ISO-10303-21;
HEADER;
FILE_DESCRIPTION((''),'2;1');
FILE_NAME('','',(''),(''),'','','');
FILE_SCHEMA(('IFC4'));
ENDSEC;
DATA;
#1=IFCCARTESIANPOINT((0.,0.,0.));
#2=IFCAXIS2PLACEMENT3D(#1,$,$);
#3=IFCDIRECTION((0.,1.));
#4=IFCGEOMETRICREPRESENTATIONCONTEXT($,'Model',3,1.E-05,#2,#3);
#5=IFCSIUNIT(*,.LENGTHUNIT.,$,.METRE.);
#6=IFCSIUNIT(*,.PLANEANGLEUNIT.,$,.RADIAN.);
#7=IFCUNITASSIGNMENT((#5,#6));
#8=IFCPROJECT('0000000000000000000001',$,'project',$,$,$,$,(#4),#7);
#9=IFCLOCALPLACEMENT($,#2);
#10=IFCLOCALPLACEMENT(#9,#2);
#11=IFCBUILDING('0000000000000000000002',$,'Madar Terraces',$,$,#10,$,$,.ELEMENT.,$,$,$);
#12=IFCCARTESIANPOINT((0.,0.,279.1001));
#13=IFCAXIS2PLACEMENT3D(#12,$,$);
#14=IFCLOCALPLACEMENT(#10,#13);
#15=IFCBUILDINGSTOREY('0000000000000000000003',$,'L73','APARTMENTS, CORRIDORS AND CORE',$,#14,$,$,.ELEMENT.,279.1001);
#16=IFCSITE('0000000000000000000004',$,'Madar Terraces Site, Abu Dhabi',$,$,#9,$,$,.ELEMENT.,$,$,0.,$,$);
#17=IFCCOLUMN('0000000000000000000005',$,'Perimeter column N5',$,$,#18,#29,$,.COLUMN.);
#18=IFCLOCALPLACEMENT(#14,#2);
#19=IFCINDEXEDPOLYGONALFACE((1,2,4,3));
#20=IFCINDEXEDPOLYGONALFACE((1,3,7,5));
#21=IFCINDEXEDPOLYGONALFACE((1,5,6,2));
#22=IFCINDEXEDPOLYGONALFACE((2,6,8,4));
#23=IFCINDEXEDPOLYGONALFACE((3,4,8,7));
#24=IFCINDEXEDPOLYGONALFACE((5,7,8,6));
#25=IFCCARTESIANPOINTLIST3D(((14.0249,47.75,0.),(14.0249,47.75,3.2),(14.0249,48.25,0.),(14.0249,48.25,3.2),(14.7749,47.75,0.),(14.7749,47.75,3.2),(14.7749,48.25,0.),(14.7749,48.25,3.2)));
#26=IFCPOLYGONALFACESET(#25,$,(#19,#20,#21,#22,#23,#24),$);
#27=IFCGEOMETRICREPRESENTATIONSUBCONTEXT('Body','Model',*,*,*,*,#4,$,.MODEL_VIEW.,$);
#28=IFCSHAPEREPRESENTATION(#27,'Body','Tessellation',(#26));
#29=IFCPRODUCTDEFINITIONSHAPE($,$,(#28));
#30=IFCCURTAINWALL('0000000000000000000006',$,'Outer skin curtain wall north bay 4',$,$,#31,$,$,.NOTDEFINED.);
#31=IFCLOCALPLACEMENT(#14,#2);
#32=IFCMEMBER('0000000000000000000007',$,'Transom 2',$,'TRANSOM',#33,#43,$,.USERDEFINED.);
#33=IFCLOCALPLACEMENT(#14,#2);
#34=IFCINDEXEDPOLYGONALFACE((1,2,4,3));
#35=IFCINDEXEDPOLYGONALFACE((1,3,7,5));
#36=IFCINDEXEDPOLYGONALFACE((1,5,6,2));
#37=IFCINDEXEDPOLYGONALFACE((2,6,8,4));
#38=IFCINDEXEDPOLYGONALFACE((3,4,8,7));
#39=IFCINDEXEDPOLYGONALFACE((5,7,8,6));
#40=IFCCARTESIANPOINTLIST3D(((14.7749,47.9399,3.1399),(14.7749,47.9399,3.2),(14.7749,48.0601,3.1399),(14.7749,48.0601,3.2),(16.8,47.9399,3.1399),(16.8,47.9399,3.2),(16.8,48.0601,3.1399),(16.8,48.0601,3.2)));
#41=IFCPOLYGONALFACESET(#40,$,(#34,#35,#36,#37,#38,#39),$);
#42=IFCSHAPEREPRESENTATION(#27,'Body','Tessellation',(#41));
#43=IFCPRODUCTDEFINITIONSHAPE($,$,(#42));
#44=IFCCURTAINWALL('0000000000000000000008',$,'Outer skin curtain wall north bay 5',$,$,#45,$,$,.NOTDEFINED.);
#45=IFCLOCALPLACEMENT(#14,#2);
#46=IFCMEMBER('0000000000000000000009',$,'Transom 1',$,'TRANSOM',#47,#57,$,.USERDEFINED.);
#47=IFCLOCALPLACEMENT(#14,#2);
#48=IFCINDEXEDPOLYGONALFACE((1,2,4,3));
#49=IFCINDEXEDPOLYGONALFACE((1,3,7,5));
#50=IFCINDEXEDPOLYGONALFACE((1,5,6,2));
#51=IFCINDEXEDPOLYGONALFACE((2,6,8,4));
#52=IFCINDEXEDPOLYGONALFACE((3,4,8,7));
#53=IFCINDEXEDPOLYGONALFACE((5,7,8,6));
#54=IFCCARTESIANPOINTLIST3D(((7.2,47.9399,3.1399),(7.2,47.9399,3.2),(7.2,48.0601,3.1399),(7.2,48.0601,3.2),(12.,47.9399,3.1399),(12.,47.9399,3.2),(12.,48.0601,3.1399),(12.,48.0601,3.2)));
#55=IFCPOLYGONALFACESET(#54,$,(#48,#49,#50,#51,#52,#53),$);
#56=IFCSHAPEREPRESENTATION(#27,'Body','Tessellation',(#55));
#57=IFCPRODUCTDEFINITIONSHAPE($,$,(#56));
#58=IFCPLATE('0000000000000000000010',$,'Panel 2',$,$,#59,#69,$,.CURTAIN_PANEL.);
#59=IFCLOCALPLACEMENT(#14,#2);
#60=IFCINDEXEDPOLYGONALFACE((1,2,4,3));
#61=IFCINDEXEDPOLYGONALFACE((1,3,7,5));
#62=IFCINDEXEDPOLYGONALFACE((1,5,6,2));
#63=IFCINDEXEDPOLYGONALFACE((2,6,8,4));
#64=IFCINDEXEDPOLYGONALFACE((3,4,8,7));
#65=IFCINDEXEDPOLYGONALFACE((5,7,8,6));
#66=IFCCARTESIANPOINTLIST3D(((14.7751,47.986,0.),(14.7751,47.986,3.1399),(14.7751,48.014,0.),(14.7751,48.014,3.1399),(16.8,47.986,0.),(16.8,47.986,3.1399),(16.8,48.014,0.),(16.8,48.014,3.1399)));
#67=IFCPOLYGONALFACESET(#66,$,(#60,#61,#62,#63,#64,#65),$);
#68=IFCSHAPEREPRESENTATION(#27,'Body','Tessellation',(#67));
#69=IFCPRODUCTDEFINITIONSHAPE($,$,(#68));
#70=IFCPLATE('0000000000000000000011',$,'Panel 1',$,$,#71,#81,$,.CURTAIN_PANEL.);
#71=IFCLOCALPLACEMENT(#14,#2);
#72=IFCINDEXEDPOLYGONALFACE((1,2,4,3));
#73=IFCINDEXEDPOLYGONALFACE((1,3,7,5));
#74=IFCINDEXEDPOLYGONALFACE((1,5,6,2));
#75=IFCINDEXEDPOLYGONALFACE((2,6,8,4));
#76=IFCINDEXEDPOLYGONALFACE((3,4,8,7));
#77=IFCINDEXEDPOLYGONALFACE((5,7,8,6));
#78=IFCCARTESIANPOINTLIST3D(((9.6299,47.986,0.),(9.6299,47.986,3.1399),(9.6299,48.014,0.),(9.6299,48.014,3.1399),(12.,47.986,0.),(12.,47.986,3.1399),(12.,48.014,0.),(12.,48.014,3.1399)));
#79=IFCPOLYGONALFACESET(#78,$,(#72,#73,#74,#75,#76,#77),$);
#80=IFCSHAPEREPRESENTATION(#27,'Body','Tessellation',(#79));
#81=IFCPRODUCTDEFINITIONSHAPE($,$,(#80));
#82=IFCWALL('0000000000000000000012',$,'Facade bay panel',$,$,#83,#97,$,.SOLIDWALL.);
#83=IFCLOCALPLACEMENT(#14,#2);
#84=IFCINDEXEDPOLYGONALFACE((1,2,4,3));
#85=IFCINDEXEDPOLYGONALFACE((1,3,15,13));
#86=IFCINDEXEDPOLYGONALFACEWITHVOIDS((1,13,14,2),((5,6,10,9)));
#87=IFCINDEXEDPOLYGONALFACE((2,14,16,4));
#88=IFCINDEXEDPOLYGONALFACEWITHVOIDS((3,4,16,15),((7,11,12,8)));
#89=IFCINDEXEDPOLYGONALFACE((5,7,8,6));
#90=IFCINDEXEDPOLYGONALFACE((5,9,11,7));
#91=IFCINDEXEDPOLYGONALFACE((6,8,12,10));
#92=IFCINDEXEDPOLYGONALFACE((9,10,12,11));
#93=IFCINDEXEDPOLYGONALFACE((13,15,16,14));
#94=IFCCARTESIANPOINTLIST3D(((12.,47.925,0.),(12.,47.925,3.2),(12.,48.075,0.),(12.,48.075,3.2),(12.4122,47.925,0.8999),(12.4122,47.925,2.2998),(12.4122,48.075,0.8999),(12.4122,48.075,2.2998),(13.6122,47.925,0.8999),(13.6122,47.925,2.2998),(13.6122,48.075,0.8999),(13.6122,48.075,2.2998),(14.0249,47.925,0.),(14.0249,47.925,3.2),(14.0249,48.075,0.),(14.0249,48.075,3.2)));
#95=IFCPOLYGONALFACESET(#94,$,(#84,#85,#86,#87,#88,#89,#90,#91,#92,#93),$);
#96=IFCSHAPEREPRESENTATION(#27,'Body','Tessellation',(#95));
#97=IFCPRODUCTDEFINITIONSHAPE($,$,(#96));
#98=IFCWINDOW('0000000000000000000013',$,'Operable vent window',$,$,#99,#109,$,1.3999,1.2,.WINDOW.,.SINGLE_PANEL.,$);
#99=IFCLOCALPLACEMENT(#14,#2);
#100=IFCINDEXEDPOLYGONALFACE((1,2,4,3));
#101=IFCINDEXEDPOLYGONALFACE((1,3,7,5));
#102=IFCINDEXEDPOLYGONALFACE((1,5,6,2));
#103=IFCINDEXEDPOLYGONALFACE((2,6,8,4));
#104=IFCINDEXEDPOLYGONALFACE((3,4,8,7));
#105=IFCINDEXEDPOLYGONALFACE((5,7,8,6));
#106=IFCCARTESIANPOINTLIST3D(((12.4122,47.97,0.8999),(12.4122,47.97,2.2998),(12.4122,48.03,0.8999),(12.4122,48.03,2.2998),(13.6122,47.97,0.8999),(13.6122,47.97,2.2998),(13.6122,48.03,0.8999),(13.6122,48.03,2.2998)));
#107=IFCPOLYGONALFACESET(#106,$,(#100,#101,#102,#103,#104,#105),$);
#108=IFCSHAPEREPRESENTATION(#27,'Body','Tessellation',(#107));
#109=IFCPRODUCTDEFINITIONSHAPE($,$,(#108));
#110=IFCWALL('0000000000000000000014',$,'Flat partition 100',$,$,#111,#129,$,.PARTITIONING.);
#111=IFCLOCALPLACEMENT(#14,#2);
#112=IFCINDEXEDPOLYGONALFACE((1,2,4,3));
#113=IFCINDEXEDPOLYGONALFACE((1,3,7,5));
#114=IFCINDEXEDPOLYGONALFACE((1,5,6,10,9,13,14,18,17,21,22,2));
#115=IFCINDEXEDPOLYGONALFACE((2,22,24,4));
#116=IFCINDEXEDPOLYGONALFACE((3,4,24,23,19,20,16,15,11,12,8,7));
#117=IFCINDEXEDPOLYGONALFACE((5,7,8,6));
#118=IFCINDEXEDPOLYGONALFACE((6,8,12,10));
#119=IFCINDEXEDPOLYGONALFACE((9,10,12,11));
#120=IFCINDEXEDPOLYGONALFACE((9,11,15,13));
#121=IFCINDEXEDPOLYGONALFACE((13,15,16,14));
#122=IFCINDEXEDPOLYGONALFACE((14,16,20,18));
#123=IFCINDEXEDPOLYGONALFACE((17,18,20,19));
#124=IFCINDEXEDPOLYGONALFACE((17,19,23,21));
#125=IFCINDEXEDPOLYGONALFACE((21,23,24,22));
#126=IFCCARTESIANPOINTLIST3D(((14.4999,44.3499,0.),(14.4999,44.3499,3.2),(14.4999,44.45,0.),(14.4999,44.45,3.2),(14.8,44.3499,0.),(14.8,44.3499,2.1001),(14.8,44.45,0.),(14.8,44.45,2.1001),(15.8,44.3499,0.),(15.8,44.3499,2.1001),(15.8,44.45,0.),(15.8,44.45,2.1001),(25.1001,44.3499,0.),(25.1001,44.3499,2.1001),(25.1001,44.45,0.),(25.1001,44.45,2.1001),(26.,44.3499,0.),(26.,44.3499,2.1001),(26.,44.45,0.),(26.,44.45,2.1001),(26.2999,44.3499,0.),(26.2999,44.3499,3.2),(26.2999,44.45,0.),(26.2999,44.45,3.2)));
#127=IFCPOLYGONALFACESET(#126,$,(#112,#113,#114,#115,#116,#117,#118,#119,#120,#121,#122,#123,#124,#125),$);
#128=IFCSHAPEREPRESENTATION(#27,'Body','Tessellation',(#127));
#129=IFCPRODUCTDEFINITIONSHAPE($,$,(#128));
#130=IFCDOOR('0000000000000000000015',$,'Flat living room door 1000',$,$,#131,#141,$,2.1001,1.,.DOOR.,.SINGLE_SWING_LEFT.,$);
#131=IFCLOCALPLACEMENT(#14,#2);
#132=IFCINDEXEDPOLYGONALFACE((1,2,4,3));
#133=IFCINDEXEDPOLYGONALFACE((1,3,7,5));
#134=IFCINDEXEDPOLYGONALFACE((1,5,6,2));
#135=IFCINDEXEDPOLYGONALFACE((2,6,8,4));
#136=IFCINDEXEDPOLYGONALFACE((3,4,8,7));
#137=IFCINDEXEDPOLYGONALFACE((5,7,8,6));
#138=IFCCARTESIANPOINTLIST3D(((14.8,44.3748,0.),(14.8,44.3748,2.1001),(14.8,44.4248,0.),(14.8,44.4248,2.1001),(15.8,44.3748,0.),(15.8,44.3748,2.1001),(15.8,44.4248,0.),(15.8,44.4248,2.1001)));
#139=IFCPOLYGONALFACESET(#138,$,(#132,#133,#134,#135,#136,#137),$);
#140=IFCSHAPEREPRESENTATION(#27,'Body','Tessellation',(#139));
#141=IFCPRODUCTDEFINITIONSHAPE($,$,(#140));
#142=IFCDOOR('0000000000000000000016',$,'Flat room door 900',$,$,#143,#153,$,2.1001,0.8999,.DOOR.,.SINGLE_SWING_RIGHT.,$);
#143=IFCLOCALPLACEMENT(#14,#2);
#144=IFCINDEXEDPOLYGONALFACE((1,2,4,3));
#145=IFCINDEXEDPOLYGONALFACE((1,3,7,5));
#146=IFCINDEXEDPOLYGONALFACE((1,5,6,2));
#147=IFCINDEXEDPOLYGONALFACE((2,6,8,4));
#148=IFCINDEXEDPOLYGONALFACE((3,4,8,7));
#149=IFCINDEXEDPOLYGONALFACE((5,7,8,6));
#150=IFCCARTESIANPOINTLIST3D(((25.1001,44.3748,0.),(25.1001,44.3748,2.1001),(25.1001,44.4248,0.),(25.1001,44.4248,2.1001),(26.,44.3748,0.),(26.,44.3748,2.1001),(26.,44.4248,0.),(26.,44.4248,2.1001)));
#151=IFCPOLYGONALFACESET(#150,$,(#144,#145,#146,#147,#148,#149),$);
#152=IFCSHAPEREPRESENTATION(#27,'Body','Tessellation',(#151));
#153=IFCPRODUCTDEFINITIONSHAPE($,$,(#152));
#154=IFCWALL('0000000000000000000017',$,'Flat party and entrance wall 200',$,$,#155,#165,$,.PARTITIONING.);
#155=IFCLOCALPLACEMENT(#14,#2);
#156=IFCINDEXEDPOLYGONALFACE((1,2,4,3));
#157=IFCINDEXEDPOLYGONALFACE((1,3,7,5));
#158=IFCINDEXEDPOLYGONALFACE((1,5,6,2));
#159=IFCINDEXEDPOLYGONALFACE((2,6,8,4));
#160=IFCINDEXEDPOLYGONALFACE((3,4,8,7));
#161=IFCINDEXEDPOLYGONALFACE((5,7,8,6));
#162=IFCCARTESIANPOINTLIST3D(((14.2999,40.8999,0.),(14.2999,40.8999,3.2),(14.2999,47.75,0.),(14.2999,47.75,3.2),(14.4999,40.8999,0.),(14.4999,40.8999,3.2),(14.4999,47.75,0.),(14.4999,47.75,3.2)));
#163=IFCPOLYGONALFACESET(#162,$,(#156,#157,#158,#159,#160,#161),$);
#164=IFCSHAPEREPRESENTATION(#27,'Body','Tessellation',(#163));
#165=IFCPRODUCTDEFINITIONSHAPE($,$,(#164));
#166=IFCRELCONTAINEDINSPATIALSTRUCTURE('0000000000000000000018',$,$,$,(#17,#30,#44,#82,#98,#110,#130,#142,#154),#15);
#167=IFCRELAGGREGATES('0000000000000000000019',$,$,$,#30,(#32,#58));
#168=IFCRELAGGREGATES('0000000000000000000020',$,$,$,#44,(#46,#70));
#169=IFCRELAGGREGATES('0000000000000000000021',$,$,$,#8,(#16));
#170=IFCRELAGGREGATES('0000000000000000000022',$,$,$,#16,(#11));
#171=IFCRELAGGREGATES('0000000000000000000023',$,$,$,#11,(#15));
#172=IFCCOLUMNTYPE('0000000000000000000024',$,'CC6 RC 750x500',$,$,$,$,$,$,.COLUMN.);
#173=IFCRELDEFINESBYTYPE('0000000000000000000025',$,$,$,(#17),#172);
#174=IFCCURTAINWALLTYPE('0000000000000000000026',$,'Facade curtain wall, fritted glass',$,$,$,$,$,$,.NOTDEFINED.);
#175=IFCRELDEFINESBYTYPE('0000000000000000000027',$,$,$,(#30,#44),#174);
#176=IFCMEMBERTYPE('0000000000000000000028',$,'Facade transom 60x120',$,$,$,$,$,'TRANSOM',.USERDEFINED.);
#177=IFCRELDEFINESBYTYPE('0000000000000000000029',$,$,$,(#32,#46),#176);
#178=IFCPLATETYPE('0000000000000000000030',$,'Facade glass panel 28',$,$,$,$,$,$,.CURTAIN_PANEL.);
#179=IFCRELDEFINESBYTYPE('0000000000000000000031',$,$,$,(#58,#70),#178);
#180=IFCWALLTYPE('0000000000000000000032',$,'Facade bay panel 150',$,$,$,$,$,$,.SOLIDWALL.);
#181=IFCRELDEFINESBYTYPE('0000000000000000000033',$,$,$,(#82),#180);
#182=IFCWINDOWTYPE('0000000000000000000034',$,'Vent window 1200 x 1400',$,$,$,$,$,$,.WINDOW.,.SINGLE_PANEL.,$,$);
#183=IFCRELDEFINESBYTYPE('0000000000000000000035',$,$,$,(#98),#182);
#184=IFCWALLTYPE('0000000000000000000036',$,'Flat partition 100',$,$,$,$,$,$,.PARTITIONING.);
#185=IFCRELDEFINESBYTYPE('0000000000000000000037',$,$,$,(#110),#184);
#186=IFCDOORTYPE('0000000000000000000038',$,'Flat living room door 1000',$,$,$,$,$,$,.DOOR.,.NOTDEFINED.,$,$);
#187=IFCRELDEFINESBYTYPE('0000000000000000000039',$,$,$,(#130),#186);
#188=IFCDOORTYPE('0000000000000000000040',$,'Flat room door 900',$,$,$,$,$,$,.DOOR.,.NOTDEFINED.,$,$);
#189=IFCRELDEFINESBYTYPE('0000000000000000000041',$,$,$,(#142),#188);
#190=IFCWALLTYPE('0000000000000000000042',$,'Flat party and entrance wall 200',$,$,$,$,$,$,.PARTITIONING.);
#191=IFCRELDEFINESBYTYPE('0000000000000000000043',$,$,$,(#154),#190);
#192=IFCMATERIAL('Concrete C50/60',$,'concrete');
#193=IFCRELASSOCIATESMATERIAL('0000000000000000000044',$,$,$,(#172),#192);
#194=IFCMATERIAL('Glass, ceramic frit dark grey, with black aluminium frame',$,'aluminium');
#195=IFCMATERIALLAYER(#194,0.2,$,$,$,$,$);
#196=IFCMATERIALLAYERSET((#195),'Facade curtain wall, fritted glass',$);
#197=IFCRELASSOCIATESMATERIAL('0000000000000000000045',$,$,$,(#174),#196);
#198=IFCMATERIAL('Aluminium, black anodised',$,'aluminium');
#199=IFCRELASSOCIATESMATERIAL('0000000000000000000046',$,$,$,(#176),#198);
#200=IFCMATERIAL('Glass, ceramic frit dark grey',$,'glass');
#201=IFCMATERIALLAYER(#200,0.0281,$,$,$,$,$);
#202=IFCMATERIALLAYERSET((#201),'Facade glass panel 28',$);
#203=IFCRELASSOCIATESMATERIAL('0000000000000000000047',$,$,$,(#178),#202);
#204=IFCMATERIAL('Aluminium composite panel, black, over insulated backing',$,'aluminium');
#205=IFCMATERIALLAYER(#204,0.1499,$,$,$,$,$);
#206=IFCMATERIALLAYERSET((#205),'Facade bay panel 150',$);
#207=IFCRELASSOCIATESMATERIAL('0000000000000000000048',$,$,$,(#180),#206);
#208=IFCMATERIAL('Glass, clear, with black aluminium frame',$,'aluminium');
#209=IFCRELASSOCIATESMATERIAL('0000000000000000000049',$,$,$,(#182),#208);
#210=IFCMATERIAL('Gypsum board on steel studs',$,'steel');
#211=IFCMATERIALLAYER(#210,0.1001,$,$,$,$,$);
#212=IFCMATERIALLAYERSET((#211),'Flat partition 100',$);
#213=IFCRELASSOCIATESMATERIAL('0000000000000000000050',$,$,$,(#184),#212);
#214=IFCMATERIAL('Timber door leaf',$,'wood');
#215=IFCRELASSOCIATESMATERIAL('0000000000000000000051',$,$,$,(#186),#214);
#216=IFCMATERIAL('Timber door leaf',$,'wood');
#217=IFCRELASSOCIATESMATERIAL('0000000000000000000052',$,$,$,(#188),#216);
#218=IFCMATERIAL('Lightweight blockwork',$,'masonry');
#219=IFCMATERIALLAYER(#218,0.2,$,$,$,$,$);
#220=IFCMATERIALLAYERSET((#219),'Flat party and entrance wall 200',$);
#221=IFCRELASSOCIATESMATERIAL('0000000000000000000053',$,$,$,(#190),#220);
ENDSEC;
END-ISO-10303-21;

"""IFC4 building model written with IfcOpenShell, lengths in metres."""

from ifc_helpers import new_model, si_unit, direction, frame, frame_2d, origin, origin_2d, place, context, subcontext, project, spatial, rectangle, extrude, material, layer, layer_set, material_profile, profile_set, type_object, element, fill, aggregate, save


model = new_model("IFC4")

# Units and contexts
model_context = context("Model", 3, precision=1e-05, world=origin(), true_north=direction((0.0, 1.0)))
body_context = subcontext(model_context, "Body", "Model", "MODEL_VIEW")
ifc_project = project(units=[si_unit("LENGTHUNIT", "METRE"), si_unit("PLANEANGLEUNIT", "RADIAN")], contexts=[model_context])

# Site, building, storey
site_placement = place(None, origin())
site = spatial("IfcSite", under=ifc_project, at=site_placement, Name="Madar Terraces Site, Abu Dhabi", CompositionType="ELEMENT", RefElevation=0.0)
building_placement = place(site_placement, origin())
building = spatial("IfcBuilding", under=site, at=building_placement, Name="Madar Terraces", CompositionType="ELEMENT")
storey_placement = place(building_placement, frame((0.0, 0.0, 279.1001)))
storey = spatial("IfcBuildingStorey", under=building, at=storey_placement, Name="L73", Description="APARTMENTS, CORRIDORS AND CORE", CompositionType="ELEMENT", Elevation=279.1001)

# Column
ifc_material_1 = material(Name="Concrete C50/60", Category="concrete")
ifc_material_profile_1 = material_profile(ifc_material_1, rectangle(XDim=0.75, YDim=0.5, at=origin_2d()), Name="CC6 RC 750x500")
ifc_profile_set_1 = profile_set([ifc_material_profile_1], Name="Concrete C50/60")
column_type = type_object("IfcColumnType", Name="CC6 RC 750x500", PredefinedType="COLUMN", material=ifc_profile_set_1)
column_placement = place(storey_placement, frame((14.3999, 48.0, 0.0), z_axis=(0.0, 0.0, 1.0), x_axis=(1.0, 0.0, 0.0)))
element("IfcColumn", 1, at=column_placement, inside=storey, type_object=column_type, Name="Perimeter column N5", PredefinedType="COLUMN", context=body_context, shape_type="SweptSolid", body=[
    extrude(rectangle(XDim=0.75, YDim=0.5, at=origin_2d()), origin(), (0.0, 0.0, 1.0), 3.2),
])

# Curtain walls, members
ifc_material_2 = material(Name="Glass, ceramic frit dark grey, with black aluminium frame", Category="aluminium")
ifc_layer_1 = layer(ifc_material_2, 0.2)
ifc_layer_set_1 = layer_set([ifc_layer_1], Name="Facade curtain wall, fritted glass")
curtain_wall_type = type_object("IfcCurtainWallType", Name="Facade curtain wall, fritted glass", PredefinedType="NOTDEFINED", material=ifc_layer_set_1)
curtain_wall_1_placement = place(storey_placement, origin())
curtain_wall_1 = element("IfcCurtainWall", 2, at=curtain_wall_1_placement, inside=storey, type_object=curtain_wall_type, Name="Outer skin curtain wall north bay 4", PredefinedType="NOTDEFINED")
ifc_material_3 = material(Name="Aluminium, black anodised", Category="aluminium")
ifc_material_profile_2 = material_profile(ifc_material_3, rectangle(XDim=0.1201, YDim=0.0601, at=origin_2d()), Name="Facade transom 60x120")
ifc_profile_set_2 = profile_set([ifc_material_profile_2], Name="Aluminium, black anodised")
member_type = type_object("IfcMemberType", Name="Facade transom 60x120", ElementType="TRANSOM", PredefinedType="USERDEFINED", material=ifc_profile_set_2)
member_1_placement = place(storey_placement, frame((16.8, 48.0, 3.1699), z_axis=(-1.0, 0.0, 0.0), x_axis=(0.0, -1.0, 0.0)))
member_1 = element("IfcMember", 3, at=member_1_placement, type_object=member_type, Name="Transom 2", ObjectType="TRANSOM", PredefinedType="USERDEFINED", context=body_context, shape_type="SweptSolid", body=[
    extrude(rectangle(XDim=0.1201, YDim=0.0601, at=origin_2d()), origin(), (0.0, 0.0, 1.0), 2.0251),
])
curtain_wall_2_placement = place(storey_placement, origin())
curtain_wall_2 = element("IfcCurtainWall", 4, at=curtain_wall_2_placement, inside=storey, type_object=curtain_wall_type, Name="Outer skin curtain wall north bay 5", PredefinedType="NOTDEFINED")
member_2_placement = place(storey_placement, frame((12.0, 48.0, 3.1699), z_axis=(-1.0, 0.0, 0.0), x_axis=(0.0, -1.0, 0.0)))
member_2 = element("IfcMember", 5, at=member_2_placement, type_object=member_type, Name="Transom 1", ObjectType="TRANSOM", PredefinedType="USERDEFINED", context=body_context, shape_type="SweptSolid", body=[
    extrude(rectangle(XDim=0.1201, YDim=0.0601, at=origin_2d()), origin(), (0.0, 0.0, 1.0), 4.8),
])

# Plates
ifc_material_4 = material(Name="Glass, ceramic frit dark grey", Category="glass")
ifc_layer_2 = layer(ifc_material_4, 0.0281)
ifc_layer_set_2 = layer_set([ifc_layer_2], Name="Facade glass panel 28")
plate_type = type_object("IfcPlateType", Name="Facade glass panel 28", PredefinedType="CURTAIN_PANEL", material=ifc_layer_set_2)
plate_1_placement = place(storey_placement, frame((15.7876, 48.0, 0.0), z_axis=(0.0, 0.0, 1.0), x_axis=(-1.0, 0.0, 0.0)))
plate_1 = element("IfcPlate", 6, at=plate_1_placement, type_object=plate_type, Name="Panel 2", PredefinedType="CURTAIN_PANEL", context=body_context, shape_type="SweptSolid", body=[
    extrude(rectangle(XDim=2.0249, YDim=0.0281, at=origin_2d()), origin(), (0.0, 0.0, 1.0), 3.1399),
])
aggregate(curtain_wall_1, [member_1, plate_1])
plate_2_placement = place(storey_placement, frame((10.8149, 48.0, 0.0), z_axis=(0.0, 0.0, 1.0), x_axis=(-1.0, 0.0, 0.0)))
plate_2 = element("IfcPlate", 7, at=plate_2_placement, type_object=plate_type, Name="Panel 1", PredefinedType="CURTAIN_PANEL", context=body_context, shape_type="SweptSolid", body=[
    extrude(rectangle(XDim=2.3701, YDim=0.0281, at=origin_2d()), origin(), (0.0, 0.0, 1.0), 3.1399),
])
aggregate(curtain_wall_2, [member_2, plate_2])

# Shared definitions
ifc_material_5 = material(Name="Aluminium composite panel, black, over insulated backing", Category="aluminium")
ifc_layer_3 = layer(ifc_material_5, 0.1499)
ifc_layer_set_3 = layer_set([ifc_layer_3], Name="Facade bay panel 150")
wall_type_1 = type_object("IfcWallType", Name="Facade bay panel 150", PredefinedType="SOLIDWALL", material=ifc_layer_set_3)

# Wall, opening, window
wall_1_placement = place(storey_placement, frame((14.0249, 48.0, 0.0), z_axis=(0.0, 0.0, 1.0), x_axis=(-1.0, 0.0, 0.0)))
wall_1 = element("IfcWall", 8, at=wall_1_placement, inside=storey, type_object=wall_type_1, Name="Facade bay panel", PredefinedType="SOLIDWALL", context=body_context, shape_type="SweptSolid", body=[
    extrude(rectangle(XDim=2.0249, YDim=0.1499, at=frame_2d((1.0125, 0.0))), origin(), (0.0, 0.0, 1.0), 3.2),
])
opening_1_placement = place(wall_1_placement, frame((0.4126, 0.0, 0.8999)))
opening_1 = element("IfcOpeningElement", 9, at=opening_1_placement, cuts=wall_1, PredefinedType="OPENING", context=body_context, shape_type="SweptSolid", body=[
    extrude(rectangle(XDim=1.2, YDim=1.3999, at=frame_2d((0.6001, 0.7))), frame((0.0, 0.085, 0.0), z_axis=(0.0, -1.0, 0.0), x_axis=(1.0, 0.0, 0.0)), (0.0, 0.0, 1.0), 0.1699),
])
ifc_material_6 = material(Name="Glass, clear, with black aluminium frame", Category="aluminium")
window_type = type_object("IfcWindowType", Name="Vent window 1200 x 1400", PartitioningType="SINGLE_PANEL", PredefinedType="WINDOW", material=ifc_material_6)
window_placement = place(opening_1_placement, origin())
window = element("IfcWindow", 10, at=window_placement, inside=storey, type_object=window_type, Name="Operable vent window", OverallHeight=1.3999, OverallWidth=1.2, PartitioningType="SINGLE_PANEL", PredefinedType="WINDOW", context=body_context, shape_type="SweptSolid", body=[
    extrude(rectangle(XDim=1.2, YDim=1.3999, at=frame_2d((0.6001, 0.7))), frame((0.0, 0.03, 0.0), z_axis=(0.0, -1.0, 0.0), x_axis=(1.0, 0.0, 0.0)), (0.0, 0.0, 1.0), 0.0601),
])
fill(opening_1, window)

# Wall, openings, doors
ifc_material_7 = material(Name="Gypsum board on steel studs", Category="steel")
ifc_layer_4 = layer(ifc_material_7, 0.1001)
ifc_layer_set_4 = layer_set([ifc_layer_4], Name="Flat partition 100")
wall_type_2 = type_object("IfcWallType", Name="Flat partition 100", PredefinedType="PARTITIONING", material=ifc_layer_set_4)
wall_2_placement = place(storey_placement, frame((14.5, 44.3999, 0.0), z_axis=(0.0, 0.0, 1.0), x_axis=(1.0, 0.0, 0.0)))
wall_2 = element("IfcWall", 11, at=wall_2_placement, inside=storey, type_object=wall_type_2, Name="Flat partition 100", PredefinedType="PARTITIONING", context=body_context, shape_type="SweptSolid", body=[
    extrude(rectangle(XDim=11.8, YDim=0.1001, at=frame_2d((5.8999, 0.0))), origin(), (0.0, 0.0, 1.0), 3.2),
])
opening_2_placement = place(wall_2_placement, frame((10.6001, 0.0, 0.0)))
opening_2 = element("IfcOpeningElement", 12, at=opening_2_placement, cuts=wall_2, PredefinedType="OPENING", context=body_context, shape_type="SweptSolid", body=[
    extrude(rectangle(XDim=0.8999, YDim=2.1001, at=frame_2d((0.45, 1.05))), frame((0.0, 0.0601, 0.0), z_axis=(0.0, -1.0, 0.0), x_axis=(1.0, 0.0, 0.0)), (0.0, 0.0, 1.0), 0.1201),
])
opening_3_placement = place(wall_2_placement, frame((0.3, 0.0, 0.0)))
opening_3 = element("IfcOpeningElement", 13, at=opening_3_placement, cuts=wall_2, PredefinedType="OPENING", context=body_context, shape_type="SweptSolid", body=[
    extrude(rectangle(XDim=1.0, YDim=2.1001, at=frame_2d((0.5, 1.05))), frame((0.0, 0.0601, 0.0), z_axis=(0.0, -1.0, 0.0), x_axis=(1.0, 0.0, 0.0)), (0.0, 0.0, 1.0), 0.1201),
])
ifc_material_8 = material(Name="Timber door leaf", Category="wood")
door_type_1 = type_object("IfcDoorType", Name="Flat living room door 1000", OperationType="NOTDEFINED", PredefinedType="DOOR", material=ifc_material_8)
door_1_placement = place(opening_3_placement, origin())
door_1 = element("IfcDoor", 14, at=door_1_placement, inside=storey, type_object=door_type_1, Name="Flat living room door 1000", OperationType="SINGLE_SWING_LEFT", OverallHeight=2.1001, OverallWidth=1.0, PredefinedType="DOOR", context=body_context, shape_type="SweptSolid", body=[
    extrude(rectangle(XDim=1.0, YDim=2.1001, at=frame_2d((0.5, 1.05))), frame((0.0, 0.0249, 0.0), z_axis=(0.0, -1.0, 0.0), x_axis=(1.0, 0.0, 0.0)), (0.0, 0.0, 1.0), 0.05),
])
fill(opening_3, door_1)
ifc_material_9 = material(Name="Timber door leaf", Category="wood")
door_type_2 = type_object("IfcDoorType", Name="Flat room door 900", OperationType="NOTDEFINED", PredefinedType="DOOR", material=ifc_material_9)
door_2_placement = place(opening_2_placement, origin())
door_2 = element("IfcDoor", 15, at=door_2_placement, inside=storey, type_object=door_type_2, Name="Flat room door 900", OperationType="SINGLE_SWING_RIGHT", OverallHeight=2.1001, OverallWidth=0.8999, PredefinedType="DOOR", context=body_context, shape_type="SweptSolid", body=[
    extrude(rectangle(XDim=0.8999, YDim=2.1001, at=frame_2d((0.45, 1.05))), frame((0.0, 0.0249, 0.0), z_axis=(0.0, -1.0, 0.0), x_axis=(1.0, 0.0, 0.0)), (0.0, 0.0, 1.0), 0.05),
])
fill(opening_2, door_2)

# Wall
ifc_material_10 = material(Name="Lightweight blockwork", Category="masonry")
ifc_layer_5 = layer(ifc_material_10, 0.2)
ifc_layer_set_5 = layer_set([ifc_layer_5], Name="Flat party and entrance wall 200")
wall_type_3 = type_object("IfcWallType", Name="Flat party and entrance wall 200", PredefinedType="PARTITIONING", material=ifc_layer_set_5)
wall_3_placement = place(storey_placement, frame((14.3999, 47.75, 0.0), z_axis=(0.0, 0.0, 1.0), x_axis=(0.0, -1.0, 0.0)))
element("IfcWall", 16, at=wall_3_placement, inside=storey, type_object=wall_type_3, Name="Flat party and entrance wall 200", PredefinedType="PARTITIONING", context=body_context, shape_type="SweptSolid", body=[
    extrude(rectangle(XDim=6.8501, YDim=0.2, at=frame_2d((3.425, 0.0))), origin(), (0.0, 0.0, 1.0), 3.2),
])

save(model, "model.ifc")
